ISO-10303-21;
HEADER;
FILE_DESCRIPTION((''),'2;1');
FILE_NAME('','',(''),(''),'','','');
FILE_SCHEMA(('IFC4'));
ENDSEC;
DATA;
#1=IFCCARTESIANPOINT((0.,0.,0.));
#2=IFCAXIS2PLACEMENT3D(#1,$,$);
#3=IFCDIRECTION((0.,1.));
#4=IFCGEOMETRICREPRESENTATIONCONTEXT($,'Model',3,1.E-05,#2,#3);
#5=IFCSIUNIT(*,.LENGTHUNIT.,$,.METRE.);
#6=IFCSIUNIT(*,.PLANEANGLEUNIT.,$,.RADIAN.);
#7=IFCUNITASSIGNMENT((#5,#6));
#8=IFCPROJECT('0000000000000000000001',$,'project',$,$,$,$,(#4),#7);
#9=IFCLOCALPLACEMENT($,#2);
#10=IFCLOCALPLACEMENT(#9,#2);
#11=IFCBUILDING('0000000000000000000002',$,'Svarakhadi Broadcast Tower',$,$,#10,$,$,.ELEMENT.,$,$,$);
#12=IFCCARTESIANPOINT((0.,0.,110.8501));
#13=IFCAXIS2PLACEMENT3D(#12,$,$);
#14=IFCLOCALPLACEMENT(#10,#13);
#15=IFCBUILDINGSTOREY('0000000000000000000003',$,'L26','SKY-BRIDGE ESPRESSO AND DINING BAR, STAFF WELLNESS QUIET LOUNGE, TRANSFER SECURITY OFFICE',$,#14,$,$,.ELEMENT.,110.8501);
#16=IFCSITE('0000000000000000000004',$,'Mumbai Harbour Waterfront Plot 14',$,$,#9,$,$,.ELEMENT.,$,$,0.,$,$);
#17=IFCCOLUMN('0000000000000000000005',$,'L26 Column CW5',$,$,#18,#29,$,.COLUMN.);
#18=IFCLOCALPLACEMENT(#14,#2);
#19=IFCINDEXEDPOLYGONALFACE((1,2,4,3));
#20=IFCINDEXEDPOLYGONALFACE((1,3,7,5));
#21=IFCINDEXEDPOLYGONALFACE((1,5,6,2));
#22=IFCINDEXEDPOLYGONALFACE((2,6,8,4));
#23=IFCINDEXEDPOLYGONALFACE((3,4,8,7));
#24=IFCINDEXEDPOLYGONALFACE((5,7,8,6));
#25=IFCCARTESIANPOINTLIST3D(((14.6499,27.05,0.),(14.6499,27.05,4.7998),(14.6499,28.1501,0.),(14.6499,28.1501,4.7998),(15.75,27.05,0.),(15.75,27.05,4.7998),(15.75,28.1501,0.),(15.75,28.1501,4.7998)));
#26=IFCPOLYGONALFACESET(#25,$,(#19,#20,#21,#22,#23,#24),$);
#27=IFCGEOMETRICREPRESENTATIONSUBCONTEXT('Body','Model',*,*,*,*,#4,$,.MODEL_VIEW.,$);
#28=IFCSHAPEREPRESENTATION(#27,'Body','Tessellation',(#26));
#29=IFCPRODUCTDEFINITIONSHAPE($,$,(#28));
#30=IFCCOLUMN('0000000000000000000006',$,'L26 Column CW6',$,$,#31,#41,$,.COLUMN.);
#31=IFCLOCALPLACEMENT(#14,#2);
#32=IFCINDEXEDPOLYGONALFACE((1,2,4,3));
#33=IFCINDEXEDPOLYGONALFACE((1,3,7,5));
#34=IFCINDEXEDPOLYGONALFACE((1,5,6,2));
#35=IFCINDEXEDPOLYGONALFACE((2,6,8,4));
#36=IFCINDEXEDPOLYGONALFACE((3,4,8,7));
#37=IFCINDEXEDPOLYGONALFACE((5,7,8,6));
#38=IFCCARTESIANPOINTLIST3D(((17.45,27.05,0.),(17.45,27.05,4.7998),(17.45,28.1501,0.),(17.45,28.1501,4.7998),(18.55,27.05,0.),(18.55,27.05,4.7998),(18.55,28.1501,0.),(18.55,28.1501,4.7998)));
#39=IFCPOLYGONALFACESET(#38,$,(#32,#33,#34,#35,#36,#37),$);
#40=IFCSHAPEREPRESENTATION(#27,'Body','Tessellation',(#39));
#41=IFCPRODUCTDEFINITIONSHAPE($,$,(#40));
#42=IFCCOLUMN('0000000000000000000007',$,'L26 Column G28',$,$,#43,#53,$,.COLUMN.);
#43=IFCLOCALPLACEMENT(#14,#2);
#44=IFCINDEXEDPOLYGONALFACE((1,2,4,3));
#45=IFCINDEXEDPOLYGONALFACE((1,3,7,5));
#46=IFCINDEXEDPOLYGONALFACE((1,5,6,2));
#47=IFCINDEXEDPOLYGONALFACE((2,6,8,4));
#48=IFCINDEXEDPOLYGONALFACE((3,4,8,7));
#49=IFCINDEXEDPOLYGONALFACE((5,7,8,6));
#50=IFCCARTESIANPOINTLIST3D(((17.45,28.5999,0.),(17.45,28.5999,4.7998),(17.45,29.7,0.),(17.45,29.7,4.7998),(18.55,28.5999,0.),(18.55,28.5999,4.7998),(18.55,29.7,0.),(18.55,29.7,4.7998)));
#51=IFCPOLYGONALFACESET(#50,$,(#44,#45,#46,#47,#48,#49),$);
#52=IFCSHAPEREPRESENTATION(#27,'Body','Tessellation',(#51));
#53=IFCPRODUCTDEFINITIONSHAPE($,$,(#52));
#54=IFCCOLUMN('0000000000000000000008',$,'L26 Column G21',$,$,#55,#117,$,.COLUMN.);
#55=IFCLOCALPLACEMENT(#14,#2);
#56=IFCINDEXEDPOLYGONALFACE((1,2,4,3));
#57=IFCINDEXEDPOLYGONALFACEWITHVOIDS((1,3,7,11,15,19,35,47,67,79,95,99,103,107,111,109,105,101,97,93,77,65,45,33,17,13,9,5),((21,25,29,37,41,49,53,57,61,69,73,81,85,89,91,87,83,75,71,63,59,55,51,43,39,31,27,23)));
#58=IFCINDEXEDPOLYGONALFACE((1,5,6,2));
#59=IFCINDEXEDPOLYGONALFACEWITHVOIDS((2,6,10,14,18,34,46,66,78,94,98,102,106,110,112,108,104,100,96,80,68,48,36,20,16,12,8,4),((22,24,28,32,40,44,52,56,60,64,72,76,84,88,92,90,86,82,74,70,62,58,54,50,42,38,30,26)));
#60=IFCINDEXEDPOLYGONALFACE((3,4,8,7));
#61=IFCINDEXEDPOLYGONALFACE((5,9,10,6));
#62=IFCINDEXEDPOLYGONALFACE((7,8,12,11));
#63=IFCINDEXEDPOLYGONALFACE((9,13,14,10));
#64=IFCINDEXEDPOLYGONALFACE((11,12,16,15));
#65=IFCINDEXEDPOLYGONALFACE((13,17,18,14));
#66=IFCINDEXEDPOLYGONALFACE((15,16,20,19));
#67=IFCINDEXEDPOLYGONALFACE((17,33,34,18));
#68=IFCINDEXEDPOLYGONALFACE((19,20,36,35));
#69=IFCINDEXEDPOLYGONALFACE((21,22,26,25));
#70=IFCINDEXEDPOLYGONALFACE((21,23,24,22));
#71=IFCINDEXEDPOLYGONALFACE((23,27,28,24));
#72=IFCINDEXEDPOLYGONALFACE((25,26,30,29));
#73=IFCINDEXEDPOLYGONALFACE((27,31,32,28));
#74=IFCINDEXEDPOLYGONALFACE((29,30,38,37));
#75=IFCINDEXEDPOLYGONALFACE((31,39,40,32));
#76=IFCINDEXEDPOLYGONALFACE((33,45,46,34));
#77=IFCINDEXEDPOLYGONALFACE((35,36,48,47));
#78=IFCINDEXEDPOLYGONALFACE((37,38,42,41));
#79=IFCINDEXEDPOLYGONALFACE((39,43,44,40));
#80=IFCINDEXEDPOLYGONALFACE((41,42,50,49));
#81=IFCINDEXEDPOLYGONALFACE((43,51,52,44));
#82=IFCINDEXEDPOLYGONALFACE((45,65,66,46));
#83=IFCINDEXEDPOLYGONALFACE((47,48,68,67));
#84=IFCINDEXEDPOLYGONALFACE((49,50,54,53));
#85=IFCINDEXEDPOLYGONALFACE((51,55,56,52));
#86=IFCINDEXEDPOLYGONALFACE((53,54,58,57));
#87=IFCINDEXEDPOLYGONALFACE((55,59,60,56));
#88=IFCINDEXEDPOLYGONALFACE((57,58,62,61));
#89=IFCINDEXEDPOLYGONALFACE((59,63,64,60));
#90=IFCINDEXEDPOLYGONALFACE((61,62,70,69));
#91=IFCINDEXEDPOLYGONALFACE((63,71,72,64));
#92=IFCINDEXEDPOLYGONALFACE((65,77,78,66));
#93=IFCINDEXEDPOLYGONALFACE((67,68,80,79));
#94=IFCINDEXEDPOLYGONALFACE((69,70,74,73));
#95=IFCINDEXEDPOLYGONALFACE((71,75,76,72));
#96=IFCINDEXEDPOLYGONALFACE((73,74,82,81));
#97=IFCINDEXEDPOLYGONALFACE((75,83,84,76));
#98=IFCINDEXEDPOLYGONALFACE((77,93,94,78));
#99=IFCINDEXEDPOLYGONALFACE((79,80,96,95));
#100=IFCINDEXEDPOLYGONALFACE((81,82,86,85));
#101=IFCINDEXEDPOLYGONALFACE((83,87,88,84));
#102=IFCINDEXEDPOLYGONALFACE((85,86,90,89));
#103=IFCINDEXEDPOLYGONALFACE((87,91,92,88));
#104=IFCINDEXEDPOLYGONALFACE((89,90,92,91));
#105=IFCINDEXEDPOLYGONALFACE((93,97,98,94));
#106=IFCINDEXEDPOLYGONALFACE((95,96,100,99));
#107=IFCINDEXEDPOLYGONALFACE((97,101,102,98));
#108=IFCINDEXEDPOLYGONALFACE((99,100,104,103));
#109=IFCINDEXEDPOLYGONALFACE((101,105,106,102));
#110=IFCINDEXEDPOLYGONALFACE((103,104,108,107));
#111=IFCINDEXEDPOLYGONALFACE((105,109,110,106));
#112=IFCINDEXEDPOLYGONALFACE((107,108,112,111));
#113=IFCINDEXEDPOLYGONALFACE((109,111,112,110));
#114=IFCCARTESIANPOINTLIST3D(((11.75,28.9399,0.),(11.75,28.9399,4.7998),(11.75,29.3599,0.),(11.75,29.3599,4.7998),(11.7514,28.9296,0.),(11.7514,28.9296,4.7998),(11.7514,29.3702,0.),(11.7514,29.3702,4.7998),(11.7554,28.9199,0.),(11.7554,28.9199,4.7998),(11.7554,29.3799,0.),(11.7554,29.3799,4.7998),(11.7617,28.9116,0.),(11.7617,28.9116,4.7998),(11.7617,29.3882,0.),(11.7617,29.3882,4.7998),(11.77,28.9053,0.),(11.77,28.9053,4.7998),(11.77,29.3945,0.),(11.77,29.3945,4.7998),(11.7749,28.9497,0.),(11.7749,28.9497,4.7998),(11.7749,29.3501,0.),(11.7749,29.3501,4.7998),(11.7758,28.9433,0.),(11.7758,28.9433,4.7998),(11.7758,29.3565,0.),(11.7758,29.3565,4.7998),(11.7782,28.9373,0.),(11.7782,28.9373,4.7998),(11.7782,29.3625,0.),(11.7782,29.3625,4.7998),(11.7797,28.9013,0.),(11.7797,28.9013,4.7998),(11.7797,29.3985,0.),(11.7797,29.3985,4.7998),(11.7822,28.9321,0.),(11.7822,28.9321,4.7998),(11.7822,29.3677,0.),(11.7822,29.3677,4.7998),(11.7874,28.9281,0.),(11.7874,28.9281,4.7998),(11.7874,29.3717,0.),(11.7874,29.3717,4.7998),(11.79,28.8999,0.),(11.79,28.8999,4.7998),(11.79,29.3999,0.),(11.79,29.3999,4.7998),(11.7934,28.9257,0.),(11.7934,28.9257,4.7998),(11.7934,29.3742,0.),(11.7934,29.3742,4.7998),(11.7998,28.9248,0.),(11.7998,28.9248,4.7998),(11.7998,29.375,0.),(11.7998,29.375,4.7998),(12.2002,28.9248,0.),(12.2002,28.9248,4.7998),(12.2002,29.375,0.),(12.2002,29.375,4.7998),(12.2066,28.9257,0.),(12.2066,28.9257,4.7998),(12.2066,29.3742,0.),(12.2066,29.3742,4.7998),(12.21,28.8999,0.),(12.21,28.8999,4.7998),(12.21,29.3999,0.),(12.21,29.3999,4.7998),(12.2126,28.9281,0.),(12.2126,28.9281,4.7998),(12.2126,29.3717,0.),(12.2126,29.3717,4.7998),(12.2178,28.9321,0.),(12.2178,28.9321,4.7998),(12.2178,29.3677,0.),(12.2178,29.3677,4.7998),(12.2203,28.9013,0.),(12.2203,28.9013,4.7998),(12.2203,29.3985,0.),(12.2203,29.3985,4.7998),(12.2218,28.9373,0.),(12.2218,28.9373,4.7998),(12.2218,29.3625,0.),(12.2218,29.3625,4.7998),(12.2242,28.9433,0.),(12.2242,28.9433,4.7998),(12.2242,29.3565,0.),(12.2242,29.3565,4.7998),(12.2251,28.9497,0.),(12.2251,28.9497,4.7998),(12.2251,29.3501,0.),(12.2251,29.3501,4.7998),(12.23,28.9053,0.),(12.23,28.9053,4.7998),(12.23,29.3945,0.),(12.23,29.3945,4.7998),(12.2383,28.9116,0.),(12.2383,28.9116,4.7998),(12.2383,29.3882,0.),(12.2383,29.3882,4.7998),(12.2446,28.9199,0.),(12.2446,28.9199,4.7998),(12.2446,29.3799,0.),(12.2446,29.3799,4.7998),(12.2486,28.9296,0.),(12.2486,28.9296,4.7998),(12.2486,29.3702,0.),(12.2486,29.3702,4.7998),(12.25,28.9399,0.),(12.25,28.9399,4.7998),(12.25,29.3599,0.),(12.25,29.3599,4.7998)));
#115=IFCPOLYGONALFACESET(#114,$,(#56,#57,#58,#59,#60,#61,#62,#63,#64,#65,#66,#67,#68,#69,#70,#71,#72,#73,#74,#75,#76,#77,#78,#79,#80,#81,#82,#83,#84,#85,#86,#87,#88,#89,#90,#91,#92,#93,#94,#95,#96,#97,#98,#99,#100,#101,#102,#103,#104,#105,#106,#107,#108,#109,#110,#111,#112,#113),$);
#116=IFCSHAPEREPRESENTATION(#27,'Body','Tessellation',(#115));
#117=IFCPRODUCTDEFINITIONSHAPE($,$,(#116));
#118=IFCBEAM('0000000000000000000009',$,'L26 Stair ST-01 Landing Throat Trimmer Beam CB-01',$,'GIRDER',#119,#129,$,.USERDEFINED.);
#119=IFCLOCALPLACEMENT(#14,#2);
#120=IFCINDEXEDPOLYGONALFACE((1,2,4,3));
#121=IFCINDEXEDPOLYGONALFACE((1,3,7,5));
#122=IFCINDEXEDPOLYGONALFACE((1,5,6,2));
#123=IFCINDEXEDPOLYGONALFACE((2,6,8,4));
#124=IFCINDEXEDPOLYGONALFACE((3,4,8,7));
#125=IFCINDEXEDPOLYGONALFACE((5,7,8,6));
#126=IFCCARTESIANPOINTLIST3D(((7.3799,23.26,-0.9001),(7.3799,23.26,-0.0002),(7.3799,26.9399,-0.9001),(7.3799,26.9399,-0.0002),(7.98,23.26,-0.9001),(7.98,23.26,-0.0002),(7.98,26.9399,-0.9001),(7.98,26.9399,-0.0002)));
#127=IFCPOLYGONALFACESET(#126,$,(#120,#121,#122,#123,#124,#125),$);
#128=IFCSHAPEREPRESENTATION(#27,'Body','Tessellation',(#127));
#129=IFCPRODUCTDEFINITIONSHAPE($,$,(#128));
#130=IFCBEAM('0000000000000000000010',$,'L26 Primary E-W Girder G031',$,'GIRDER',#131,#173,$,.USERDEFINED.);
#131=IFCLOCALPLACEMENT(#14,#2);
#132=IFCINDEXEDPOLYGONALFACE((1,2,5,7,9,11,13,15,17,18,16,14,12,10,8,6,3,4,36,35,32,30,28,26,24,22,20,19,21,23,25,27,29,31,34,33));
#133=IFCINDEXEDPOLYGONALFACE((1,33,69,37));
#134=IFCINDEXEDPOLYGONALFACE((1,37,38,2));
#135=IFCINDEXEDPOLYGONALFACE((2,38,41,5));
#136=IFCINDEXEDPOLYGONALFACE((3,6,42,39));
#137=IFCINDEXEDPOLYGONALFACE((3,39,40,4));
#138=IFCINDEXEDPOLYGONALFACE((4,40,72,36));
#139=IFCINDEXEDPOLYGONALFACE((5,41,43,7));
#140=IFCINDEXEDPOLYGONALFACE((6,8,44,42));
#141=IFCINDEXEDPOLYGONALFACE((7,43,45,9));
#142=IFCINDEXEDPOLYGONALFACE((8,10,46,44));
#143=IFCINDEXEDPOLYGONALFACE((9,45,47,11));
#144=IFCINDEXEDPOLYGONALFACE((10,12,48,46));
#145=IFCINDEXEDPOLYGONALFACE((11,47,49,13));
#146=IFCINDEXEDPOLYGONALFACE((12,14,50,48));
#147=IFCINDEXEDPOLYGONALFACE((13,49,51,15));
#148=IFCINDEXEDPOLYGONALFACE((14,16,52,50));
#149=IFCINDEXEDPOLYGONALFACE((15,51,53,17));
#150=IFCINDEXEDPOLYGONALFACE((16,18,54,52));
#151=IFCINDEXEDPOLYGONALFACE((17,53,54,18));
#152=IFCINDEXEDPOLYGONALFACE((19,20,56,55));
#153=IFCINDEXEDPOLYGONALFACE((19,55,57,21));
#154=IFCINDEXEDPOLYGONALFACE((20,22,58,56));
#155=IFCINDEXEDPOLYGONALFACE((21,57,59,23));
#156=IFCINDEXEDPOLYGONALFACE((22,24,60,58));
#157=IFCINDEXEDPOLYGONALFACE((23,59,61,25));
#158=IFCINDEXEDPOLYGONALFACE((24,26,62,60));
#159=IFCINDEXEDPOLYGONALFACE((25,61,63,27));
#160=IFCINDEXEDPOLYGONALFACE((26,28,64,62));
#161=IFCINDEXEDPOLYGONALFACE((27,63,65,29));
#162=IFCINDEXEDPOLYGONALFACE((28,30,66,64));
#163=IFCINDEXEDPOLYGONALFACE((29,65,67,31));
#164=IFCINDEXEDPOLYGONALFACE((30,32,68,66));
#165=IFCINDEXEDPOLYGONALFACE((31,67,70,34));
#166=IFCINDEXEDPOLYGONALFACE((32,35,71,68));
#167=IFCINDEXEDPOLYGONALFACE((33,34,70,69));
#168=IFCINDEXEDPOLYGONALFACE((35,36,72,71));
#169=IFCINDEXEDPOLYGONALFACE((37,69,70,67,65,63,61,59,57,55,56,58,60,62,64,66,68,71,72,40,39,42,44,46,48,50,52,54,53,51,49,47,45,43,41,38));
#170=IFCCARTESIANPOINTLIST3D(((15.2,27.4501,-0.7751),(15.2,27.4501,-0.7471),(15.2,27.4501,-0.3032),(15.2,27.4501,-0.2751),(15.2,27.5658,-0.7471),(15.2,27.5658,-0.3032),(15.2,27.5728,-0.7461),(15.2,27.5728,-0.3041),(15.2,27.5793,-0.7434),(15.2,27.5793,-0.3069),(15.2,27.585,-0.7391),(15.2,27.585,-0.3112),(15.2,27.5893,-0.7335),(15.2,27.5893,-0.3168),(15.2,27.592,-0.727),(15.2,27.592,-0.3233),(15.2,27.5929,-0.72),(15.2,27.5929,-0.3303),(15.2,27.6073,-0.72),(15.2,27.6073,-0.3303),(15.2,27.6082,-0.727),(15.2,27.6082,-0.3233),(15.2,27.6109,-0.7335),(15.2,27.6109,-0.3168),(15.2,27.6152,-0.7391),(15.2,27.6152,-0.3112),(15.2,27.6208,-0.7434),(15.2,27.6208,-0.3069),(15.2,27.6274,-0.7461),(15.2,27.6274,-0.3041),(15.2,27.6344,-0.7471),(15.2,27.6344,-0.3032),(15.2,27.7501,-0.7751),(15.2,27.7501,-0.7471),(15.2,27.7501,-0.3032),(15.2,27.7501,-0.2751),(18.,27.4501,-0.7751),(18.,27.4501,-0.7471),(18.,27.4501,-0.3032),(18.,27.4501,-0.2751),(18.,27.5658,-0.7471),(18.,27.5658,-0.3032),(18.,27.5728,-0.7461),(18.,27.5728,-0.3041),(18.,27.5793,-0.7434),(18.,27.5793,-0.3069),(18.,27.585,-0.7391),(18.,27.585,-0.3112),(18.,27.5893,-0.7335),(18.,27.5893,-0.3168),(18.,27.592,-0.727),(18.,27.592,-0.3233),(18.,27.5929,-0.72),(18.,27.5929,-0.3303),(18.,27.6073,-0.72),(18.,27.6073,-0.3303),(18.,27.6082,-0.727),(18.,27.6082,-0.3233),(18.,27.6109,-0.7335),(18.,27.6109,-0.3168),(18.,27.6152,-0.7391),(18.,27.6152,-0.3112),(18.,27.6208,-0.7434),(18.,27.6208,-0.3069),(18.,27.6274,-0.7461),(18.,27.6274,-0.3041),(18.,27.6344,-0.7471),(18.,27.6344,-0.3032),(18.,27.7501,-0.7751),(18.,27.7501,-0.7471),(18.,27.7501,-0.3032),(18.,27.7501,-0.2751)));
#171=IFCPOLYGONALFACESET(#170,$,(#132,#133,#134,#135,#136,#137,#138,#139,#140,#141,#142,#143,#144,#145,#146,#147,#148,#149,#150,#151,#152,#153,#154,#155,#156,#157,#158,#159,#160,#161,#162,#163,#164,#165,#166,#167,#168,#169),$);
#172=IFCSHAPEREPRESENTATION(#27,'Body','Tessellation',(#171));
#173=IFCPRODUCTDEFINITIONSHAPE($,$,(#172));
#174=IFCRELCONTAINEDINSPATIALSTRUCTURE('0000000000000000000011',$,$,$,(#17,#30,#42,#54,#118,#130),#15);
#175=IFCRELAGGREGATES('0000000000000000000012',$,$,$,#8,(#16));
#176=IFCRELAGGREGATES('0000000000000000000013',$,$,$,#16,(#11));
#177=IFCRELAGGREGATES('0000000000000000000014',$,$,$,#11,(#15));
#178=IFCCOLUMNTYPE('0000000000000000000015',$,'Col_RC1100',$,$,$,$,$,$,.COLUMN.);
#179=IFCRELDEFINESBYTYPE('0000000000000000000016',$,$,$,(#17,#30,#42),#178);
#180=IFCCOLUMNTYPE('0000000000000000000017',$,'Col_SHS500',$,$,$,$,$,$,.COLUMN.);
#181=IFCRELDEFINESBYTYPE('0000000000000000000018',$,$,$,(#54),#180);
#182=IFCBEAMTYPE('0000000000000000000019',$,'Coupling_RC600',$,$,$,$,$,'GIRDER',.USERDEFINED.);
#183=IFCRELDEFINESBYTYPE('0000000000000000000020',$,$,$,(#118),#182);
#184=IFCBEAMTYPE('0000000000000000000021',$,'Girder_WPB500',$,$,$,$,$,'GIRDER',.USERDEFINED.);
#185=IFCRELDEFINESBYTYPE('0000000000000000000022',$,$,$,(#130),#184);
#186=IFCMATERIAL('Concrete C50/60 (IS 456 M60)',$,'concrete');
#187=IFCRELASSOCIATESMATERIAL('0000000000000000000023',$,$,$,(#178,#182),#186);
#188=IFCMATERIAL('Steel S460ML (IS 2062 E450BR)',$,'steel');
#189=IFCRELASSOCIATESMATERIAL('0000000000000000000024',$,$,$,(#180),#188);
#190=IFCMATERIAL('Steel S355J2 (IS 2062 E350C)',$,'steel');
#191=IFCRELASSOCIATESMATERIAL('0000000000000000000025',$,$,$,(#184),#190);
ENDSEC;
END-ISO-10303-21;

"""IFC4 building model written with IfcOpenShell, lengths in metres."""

from ifc_helpers import new_model, si_unit, direction, frame, origin, origin_2d, place, context, subcontext, project, spatial, rectangle, hollow_rectangle, i_section, extrude, material, material_profile, profile_set, type_object, element, save


model = new_model("IFC4")

# Units and contexts
model_context = context("Model", 3, precision=1e-05, world=origin(), true_north=direction((0.0, 1.0)))
body_context = subcontext(model_context, "Body", "Model", "MODEL_VIEW")
ifc_project = project(units=[si_unit("LENGTHUNIT", "METRE"), si_unit("PLANEANGLEUNIT", "RADIAN")], contexts=[model_context])

# Site, building, storey
site_placement = place(None, origin())
site = spatial("IfcSite", under=ifc_project, at=site_placement, Name="Mumbai Harbour Waterfront Plot 14", CompositionType="ELEMENT", RefElevation=0.0)
building_placement = place(site_placement, origin())
building = spatial("IfcBuilding", under=site, at=building_placement, Name="Svarakhadi Broadcast Tower", CompositionType="ELEMENT")
storey_placement = place(building_placement, frame((0.0, 0.0, 110.8501)))
storey = spatial("IfcBuildingStorey", under=building, at=storey_placement, Name="L26", Description="SKY-BRIDGE ESPRESSO AND DINING BAR, STAFF WELLNESS QUIET LOUNGE, TRANSFER SECURITY OFFICE", CompositionType="ELEMENT", Elevation=110.8501)

# Columns
ifc_material_1 = material(Name="Concrete C50/60 (IS 456 M60)", Category="concrete")
ifc_material_profile_1 = material_profile(ifc_material_1, rectangle(XDim=1.1001, YDim=1.1001, at=origin_2d()), Name="RC 1100x1100")
ifc_profile_set_1 = profile_set([ifc_material_profile_1], Name="Concrete C50/60 (IS 456 M60)")
column_type_1 = type_object("IfcColumnType", Name="Col_RC1100", PredefinedType="COLUMN", material=ifc_profile_set_1)
for number, where, z_axis, x_axis, name in (
    (1, (15.2, 27.6001, 0.0), (0.0, 0.0, 1.0), (1.0, 0.0, 0.0), "L26 Column CW5"),
    (2, (18.0, 27.6001, 0.0), (0.0, 0.0, 1.0), (1.0, 0.0, 0.0), "L26 Column CW6"),
    (3, (18.0, 29.1499, 0.0), (0.0, 0.0, 1.0), (1.0, 0.0, 0.0), "L26 Column G28"),
):
    element("IfcColumn", number, at=place(storey_placement, frame(where, z_axis=z_axis, x_axis=x_axis)), inside=storey, type_object=column_type_1, Name=name, PredefinedType="COLUMN", context=body_context, shape_type="SweptSolid", body=[
        extrude(rectangle(XDim=1.1001, YDim=1.1001, at=origin_2d()), origin(), (0.0, 0.0, 1.0), 4.7998),
    ])
ifc_material_2 = material(Name="Steel S460ML (IS 2062 E450BR)", Category="steel")
ifc_material_profile_2 = material_profile(ifc_material_2, hollow_rectangle(XDim=0.5, YDim=0.5, WallThickness=0.0249, InnerFilletRadius=0.0249, OuterFilletRadius=0.04, at=origin_2d()), Name="SHS 500x500x25")
ifc_profile_set_2 = profile_set([ifc_material_profile_2], Name="Steel S460ML (IS 2062 E450BR)")
column_type_2 = type_object("IfcColumnType", Name="Col_SHS500", PredefinedType="COLUMN", material=ifc_profile_set_2)
column_placement = place(storey_placement, frame((12.0, 29.1499, 0.0), z_axis=(0.0, 0.0, 1.0), x_axis=(1.0, 0.0, 0.0)))
element("IfcColumn", 4, at=column_placement, inside=storey, type_object=column_type_2, Name="L26 Column G21", PredefinedType="COLUMN", context=body_context, shape_type="SweptSolid", body=[
    extrude(hollow_rectangle(XDim=0.5, YDim=0.5, WallThickness=0.0249, InnerFilletRadius=0.0249, OuterFilletRadius=0.04, at=origin_2d()), origin(), (0.0, 0.0, 1.0), 4.7998),
])

# Beams
ifc_material_profile_3 = material_profile(ifc_material_1, rectangle(XDim=0.6001, YDim=0.8999, at=origin_2d()), Name="RC 600x900")
ifc_profile_set_3 = profile_set([ifc_material_profile_3], Name="Concrete C50/60 (IS 456 M60)")
beam_type_1 = type_object("IfcBeamType", Name="Coupling_RC600", ElementType="GIRDER", PredefinedType="USERDEFINED", material=ifc_profile_set_3)
beam_1_placement = place(storey_placement, frame((7.6799, 23.26, -0.4502), z_axis=(0.0, 1.0, 0.0), x_axis=(-1.0, 0.0, 0.0)))
element("IfcBeam", 5, at=beam_1_placement, inside=storey, type_object=beam_type_1, Name="L26 Stair ST-01 Landing Throat Trimmer Beam CB-01", ObjectType="GIRDER", PredefinedType="USERDEFINED", context=body_context, shape_type="SweptSolid", body=[
    extrude(rectangle(XDim=0.6001, YDim=0.8999, at=origin_2d()), origin(), (0.0, 0.0, 1.0), 3.6799),
])
ifc_material_3 = material(Name="Steel S355J2 (IS 2062 E350C)", Category="steel")
ifc_material_profile_4 = material_profile(ifc_material_3, i_section(OverallWidth=0.3, OverallDepth=0.5, WebThickness=0.0144, FlangeThickness=0.0281, FilletRadius=0.0271, at=origin_2d()), Name="WPB 500x300x187")
ifc_profile_set_4 = profile_set([ifc_material_profile_4], Name="Steel S355J2 (IS 2062 E350C)")
beam_type_2 = type_object("IfcBeamType", Name="Girder_WPB500", ElementType="GIRDER", PredefinedType="USERDEFINED", material=ifc_profile_set_4)
beam_2_placement = place(storey_placement, frame((15.2, 27.6001, -0.5251), z_axis=(1.0, 0.0, 0.0), x_axis=(0.0, 1.0, 0.0)))
element("IfcBeam", 6, at=beam_2_placement, inside=storey, type_object=beam_type_2, Name="L26 Primary E-W Girder G031", ObjectType="GIRDER", PredefinedType="USERDEFINED", context=body_context, shape_type="SweptSolid", body=[
    extrude(i_section(OverallWidth=0.3, OverallDepth=0.5, WebThickness=0.0144, FlangeThickness=0.0281, FilletRadius=0.0271, at=origin_2d()), origin(), (0.0, 0.0, 1.0), 2.8),
])

save(model, "model.ifc")
